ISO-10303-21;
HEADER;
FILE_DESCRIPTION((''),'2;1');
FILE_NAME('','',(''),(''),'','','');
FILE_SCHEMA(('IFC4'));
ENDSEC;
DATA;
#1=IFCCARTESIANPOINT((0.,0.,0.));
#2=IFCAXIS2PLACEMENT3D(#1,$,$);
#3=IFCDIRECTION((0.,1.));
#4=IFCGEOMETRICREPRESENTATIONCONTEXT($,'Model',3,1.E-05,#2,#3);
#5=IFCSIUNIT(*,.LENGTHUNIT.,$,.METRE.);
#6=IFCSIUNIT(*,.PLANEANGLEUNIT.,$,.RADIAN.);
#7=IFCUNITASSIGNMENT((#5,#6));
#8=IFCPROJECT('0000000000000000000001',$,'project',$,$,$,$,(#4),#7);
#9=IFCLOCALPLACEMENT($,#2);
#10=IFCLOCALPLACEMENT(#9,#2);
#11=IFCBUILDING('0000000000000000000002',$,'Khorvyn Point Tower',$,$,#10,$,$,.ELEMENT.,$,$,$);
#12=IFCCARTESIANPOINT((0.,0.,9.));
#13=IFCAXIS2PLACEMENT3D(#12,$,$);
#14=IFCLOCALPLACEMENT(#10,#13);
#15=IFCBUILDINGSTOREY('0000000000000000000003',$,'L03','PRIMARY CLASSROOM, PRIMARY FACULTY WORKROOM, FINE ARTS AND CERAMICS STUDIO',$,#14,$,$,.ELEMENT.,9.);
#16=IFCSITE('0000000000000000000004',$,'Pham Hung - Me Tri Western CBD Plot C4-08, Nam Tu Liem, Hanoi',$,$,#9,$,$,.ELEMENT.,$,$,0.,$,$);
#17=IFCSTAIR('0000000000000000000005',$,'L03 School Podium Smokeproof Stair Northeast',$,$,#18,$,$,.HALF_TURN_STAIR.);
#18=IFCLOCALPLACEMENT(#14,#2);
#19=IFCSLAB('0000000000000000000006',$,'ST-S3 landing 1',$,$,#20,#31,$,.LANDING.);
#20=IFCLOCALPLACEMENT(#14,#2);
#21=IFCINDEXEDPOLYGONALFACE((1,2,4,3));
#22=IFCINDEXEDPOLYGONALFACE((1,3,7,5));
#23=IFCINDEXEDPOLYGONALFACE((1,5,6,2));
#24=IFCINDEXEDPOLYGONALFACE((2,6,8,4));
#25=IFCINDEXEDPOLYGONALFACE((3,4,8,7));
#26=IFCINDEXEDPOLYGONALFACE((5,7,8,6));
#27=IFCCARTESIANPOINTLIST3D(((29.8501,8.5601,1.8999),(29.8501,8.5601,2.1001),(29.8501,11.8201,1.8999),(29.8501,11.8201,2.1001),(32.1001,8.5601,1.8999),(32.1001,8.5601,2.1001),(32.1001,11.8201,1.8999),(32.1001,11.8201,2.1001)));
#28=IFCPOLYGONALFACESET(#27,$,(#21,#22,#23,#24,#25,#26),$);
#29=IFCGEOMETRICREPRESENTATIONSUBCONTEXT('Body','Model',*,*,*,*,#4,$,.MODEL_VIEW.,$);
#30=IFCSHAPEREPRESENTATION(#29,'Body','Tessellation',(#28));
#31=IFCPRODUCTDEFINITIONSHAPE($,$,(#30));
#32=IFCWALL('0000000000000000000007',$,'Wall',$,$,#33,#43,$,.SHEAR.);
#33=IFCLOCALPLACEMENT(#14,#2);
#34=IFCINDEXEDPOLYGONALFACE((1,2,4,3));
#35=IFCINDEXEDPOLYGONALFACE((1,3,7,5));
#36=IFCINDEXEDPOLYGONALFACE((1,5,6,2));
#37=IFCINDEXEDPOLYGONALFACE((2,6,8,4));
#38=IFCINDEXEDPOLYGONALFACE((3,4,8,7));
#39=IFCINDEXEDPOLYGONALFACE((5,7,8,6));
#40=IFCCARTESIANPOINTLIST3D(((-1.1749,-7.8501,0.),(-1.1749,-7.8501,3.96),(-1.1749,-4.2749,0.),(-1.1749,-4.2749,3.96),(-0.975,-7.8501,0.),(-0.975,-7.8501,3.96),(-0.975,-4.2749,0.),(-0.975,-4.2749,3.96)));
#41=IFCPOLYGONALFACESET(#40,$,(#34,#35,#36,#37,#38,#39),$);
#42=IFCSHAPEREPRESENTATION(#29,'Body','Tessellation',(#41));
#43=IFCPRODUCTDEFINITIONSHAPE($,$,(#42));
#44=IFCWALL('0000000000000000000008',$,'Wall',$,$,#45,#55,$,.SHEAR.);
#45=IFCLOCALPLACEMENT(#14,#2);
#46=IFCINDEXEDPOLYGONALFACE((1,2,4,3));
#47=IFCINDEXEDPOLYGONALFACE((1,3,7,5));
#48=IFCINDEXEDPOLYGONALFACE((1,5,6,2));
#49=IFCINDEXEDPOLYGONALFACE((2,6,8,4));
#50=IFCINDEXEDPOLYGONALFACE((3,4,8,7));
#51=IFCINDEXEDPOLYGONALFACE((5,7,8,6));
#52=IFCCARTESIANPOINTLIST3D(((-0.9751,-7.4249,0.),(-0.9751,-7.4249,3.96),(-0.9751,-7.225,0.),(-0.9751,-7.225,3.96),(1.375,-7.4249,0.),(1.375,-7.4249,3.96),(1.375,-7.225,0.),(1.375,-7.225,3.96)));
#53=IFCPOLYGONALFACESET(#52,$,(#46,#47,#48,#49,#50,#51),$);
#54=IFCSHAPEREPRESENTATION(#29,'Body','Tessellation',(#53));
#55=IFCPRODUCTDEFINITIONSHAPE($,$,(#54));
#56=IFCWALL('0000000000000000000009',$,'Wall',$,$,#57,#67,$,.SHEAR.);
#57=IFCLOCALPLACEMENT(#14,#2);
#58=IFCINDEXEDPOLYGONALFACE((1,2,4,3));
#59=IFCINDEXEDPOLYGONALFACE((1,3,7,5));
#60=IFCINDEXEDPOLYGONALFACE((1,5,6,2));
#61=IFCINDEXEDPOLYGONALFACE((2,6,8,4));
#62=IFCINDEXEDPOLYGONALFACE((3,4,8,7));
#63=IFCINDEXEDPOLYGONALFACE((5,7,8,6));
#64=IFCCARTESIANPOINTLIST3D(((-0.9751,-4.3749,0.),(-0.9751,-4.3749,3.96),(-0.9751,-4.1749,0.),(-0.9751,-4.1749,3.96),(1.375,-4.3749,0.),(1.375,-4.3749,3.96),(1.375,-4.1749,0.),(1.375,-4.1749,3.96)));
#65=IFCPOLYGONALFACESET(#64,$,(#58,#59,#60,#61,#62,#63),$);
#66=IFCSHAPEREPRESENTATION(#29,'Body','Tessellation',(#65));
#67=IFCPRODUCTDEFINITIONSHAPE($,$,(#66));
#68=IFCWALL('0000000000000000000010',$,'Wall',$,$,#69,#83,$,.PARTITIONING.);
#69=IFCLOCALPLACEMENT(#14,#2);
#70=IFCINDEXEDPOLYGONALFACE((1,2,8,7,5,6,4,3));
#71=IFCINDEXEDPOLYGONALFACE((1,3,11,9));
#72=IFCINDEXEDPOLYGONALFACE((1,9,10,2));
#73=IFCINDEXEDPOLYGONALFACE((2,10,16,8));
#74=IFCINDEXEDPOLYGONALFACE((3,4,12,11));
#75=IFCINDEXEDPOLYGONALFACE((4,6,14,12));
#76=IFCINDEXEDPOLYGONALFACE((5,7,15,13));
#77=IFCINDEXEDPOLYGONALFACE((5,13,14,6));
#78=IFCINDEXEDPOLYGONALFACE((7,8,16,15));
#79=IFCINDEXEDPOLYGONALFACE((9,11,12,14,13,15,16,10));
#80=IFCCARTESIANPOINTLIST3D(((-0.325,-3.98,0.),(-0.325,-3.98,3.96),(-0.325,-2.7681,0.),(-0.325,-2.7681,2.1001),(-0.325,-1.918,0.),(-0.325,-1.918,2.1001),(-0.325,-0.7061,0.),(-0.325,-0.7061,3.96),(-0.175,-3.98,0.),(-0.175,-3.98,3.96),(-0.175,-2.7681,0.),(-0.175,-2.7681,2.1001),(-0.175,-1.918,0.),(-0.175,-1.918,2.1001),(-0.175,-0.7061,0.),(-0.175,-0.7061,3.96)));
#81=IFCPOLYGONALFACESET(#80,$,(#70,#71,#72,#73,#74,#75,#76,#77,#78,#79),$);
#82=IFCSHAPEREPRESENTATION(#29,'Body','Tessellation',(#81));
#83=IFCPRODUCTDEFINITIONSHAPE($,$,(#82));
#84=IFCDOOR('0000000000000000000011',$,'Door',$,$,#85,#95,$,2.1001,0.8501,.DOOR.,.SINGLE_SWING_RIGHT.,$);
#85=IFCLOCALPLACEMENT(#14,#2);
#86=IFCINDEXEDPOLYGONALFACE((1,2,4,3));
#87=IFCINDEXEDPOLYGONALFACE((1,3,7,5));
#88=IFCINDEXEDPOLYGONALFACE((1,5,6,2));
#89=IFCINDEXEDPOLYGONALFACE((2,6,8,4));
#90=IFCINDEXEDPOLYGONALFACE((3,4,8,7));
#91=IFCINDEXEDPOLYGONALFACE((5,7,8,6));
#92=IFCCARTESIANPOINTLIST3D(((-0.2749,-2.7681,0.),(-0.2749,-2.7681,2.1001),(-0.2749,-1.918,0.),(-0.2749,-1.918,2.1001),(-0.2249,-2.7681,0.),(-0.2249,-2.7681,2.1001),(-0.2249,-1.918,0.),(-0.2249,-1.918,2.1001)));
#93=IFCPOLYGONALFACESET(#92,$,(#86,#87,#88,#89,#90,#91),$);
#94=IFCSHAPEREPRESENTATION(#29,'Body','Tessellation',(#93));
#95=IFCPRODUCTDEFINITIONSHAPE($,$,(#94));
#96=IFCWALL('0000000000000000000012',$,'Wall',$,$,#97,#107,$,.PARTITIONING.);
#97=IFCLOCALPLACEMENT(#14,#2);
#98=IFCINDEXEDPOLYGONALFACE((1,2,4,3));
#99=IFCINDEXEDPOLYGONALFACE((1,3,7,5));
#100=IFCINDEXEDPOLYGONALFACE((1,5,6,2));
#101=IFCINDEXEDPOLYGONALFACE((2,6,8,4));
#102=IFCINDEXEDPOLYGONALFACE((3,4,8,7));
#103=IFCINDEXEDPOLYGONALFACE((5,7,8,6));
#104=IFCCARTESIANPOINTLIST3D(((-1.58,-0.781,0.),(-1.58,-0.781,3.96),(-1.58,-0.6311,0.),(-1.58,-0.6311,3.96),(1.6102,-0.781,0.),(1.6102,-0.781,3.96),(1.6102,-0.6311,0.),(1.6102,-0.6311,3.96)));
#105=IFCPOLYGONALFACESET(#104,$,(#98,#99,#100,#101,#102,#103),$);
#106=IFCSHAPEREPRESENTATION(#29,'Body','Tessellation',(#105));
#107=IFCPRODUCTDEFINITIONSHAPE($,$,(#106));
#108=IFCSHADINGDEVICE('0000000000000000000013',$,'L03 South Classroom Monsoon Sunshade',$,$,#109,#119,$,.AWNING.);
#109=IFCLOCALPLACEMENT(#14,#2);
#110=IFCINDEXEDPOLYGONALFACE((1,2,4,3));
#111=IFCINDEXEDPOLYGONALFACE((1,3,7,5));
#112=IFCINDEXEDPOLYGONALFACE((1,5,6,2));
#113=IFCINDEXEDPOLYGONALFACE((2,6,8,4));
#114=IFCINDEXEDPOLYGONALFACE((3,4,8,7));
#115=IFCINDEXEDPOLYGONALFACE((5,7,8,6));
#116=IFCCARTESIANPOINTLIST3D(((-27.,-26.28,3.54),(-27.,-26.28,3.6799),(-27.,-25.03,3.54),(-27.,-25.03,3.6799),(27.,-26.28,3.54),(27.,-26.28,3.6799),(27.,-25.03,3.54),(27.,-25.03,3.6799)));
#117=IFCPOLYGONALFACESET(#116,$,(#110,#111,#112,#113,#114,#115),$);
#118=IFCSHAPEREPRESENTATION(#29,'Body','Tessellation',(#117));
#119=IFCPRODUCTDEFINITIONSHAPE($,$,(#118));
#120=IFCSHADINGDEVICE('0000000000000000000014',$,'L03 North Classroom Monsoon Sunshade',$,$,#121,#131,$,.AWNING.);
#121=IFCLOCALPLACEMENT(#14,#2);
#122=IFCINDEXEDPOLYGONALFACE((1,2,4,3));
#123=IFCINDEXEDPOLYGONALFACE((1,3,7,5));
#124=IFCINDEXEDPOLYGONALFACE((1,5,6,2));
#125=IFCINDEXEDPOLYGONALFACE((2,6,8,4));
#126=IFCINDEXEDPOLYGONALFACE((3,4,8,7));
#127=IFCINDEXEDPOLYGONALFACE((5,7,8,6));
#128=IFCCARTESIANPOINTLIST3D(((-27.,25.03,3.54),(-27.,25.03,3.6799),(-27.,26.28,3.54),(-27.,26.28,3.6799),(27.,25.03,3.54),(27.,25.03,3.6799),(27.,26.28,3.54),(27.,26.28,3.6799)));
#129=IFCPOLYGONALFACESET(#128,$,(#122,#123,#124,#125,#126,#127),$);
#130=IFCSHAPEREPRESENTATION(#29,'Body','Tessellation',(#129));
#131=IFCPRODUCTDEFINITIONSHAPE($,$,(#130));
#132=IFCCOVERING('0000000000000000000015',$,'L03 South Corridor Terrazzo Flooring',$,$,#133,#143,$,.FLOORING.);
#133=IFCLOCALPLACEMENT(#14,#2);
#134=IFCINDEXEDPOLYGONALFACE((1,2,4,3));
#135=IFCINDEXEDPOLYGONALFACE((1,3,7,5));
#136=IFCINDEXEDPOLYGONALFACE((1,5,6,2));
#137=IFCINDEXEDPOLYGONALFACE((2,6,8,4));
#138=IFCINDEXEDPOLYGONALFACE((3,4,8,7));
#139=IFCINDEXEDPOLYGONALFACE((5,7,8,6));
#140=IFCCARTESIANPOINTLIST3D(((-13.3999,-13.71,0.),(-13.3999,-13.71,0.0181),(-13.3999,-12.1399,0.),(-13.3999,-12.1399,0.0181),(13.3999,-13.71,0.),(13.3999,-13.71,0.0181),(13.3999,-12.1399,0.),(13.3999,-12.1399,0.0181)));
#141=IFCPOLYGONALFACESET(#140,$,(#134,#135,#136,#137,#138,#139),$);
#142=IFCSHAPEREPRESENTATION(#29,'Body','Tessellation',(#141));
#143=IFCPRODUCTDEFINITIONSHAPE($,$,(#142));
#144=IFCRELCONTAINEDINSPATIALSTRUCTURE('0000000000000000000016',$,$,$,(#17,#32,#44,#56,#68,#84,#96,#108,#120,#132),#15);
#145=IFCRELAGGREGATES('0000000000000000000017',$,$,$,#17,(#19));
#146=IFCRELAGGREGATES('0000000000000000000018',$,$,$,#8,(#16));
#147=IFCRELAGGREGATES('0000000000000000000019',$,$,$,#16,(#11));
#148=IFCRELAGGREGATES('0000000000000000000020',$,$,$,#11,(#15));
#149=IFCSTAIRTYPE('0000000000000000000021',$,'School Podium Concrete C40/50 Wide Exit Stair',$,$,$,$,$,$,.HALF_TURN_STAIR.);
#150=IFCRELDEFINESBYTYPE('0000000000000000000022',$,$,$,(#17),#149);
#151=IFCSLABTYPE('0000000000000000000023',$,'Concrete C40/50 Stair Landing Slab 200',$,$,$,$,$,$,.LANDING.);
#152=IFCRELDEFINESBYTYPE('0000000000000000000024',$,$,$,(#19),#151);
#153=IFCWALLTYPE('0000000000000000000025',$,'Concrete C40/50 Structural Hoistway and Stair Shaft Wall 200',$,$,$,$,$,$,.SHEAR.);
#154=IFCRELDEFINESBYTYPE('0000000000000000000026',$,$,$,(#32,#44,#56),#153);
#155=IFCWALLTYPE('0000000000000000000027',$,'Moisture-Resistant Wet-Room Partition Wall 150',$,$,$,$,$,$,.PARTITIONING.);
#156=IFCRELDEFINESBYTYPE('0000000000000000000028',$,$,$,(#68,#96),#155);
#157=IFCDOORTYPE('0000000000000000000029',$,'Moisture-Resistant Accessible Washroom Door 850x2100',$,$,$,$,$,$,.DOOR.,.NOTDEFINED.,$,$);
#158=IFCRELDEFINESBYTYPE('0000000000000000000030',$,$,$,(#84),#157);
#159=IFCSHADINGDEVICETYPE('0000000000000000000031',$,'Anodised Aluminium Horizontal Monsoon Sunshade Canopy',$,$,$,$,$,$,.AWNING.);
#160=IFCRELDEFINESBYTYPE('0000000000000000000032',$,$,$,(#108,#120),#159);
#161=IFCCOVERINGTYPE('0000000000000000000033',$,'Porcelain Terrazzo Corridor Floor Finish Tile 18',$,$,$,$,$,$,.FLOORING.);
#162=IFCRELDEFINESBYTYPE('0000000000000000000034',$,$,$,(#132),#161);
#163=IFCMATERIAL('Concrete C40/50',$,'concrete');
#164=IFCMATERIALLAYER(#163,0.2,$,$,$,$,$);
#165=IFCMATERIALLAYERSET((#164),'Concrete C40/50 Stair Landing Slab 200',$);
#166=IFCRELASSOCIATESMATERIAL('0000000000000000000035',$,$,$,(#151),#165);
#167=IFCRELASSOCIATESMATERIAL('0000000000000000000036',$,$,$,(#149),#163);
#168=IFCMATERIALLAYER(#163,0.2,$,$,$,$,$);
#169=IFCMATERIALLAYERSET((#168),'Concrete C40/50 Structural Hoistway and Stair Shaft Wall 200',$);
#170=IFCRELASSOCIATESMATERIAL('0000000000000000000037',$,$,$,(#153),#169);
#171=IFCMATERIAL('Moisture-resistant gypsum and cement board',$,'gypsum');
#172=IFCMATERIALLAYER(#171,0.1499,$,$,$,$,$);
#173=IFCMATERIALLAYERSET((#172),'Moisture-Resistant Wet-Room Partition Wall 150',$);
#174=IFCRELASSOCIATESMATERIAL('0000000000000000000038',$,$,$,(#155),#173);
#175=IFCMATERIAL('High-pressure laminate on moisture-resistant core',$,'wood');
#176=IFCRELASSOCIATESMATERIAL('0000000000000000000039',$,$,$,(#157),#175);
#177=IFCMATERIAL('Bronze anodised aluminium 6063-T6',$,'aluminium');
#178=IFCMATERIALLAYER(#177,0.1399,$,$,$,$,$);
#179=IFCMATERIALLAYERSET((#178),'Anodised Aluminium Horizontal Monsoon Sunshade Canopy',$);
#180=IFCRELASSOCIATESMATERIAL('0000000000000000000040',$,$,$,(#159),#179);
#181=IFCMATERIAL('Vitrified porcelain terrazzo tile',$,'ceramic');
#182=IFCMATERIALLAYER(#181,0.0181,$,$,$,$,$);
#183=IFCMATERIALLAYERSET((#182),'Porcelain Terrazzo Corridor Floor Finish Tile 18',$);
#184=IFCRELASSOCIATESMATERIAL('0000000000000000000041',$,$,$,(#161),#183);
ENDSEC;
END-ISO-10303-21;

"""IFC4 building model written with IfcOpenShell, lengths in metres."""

from ifc_helpers import new_model, si_unit, direction, frame, frame_2d, origin, place, context, subcontext, project, spatial, polyline, rectangle, outline, extrude, material, layer, layer_set, type_object, element, fill, aggregate, save


model = new_model("IFC4")

# Units and contexts
model_context = context("Model", 3, precision=1e-05, world=origin(), true_north=direction((0.0, 1.0)))
body_context = subcontext(model_context, "Body", "Model", "MODEL_VIEW")
ifc_project = project(units=[si_unit("LENGTHUNIT", "METRE"), si_unit("PLANEANGLEUNIT", "RADIAN")], contexts=[model_context])

# Site, building, storey
site_placement = place(None, origin())
site = spatial("IfcSite", under=ifc_project, at=site_placement, Name="Pham Hung - Me Tri Western CBD Plot C4-08, Nam Tu Liem, Hanoi", CompositionType="ELEMENT", RefElevation=0.0)
building_placement = place(site_placement, origin())
building = spatial("IfcBuilding", under=site, at=building_placement, Name="Khorvyn Point Tower", CompositionType="ELEMENT")
storey_placement = place(building_placement, frame((0.0, 0.0, 9.0)))
storey = spatial("IfcBuildingStorey", under=building, at=storey_placement, Name="L03", Description="PRIMARY CLASSROOM, PRIMARY FACULTY WORKROOM, FINE ARTS AND CERAMICS STUDIO", CompositionType="ELEMENT", Elevation=9.0)

# Stair, slab
ifc_material_1 = material(Name="Concrete C40/50", Category="concrete")
ifc_layer_1 = layer(ifc_material_1, 0.2)
ifc_layer_set_1 = layer_set([ifc_layer_1], Name="Concrete C40/50 Stair Landing Slab 200")
slab_type_1 = type_object("IfcSlabType", Name="Concrete C40/50 Stair Landing Slab 200", PredefinedType="LANDING", material=ifc_layer_set_1)
stair_type_1 = type_object("IfcStairType", Name="School Podium Concrete C40/50 Wide Exit Stair", PredefinedType="HALF_TURN_STAIR", material=ifc_material_1)
stair_1_placement = place(storey_placement, origin())
stair_1 = element("IfcStair", 1, at=stair_1_placement, inside=storey, type_object=stair_type_1, Name="L03 School Podium Smokeproof Stair Northeast", PredefinedType="HALF_TURN_STAIR")
slab_1_placement = place(storey_placement, frame((0.0, 0.0, 1.8999)))
slab_1 = element("IfcSlab", 2, at=slab_1_placement, type_object=slab_type_1, Name="ST-S3 landing 1", PredefinedType="LANDING", context=body_context, shape_type="SweptSolid", body=[
    extrude(outline(polyline([(29.8501, 8.5601), (32.1001, 8.5601), (32.1001, 11.8201), (29.8501, 11.8201), (29.8501, 8.5601)])), origin(), (0.0, 0.0, 1.0), 0.2002),
])
aggregate(stair_1, [slab_1])

# Walls
ifc_layer_2 = layer(ifc_material_1, 0.2)
ifc_layer_set_2 = layer_set([ifc_layer_2], Name="Concrete C40/50 Structural Hoistway and Stair Shaft Wall 200")
wall_type_1 = type_object("IfcWallType", Name="Concrete C40/50 Structural Hoistway and Stair Shaft Wall 200", PredefinedType="SHEAR", material=ifc_layer_set_2)
wall_1_placement = place(storey_placement, frame((-1.075, -7.8501, 0.0), z_axis=(0.0, 0.0, 1.0), x_axis=(0.0, 1.0, 0.0)))
element("IfcWall", 3, at=wall_1_placement, inside=storey, type_object=wall_type_1, Name="Wall", PredefinedType="SHEAR", context=body_context, shape_type="SweptSolid", body=[
    extrude(rectangle(XDim=3.5752, YDim=0.2, at=frame_2d((1.7876, 0.0))), origin(), (0.0, 0.0, 1.0), 3.96),
])
for number, where, z_axis, x_axis, name in (
    (4, (-0.9751, -7.325, 0.0), (0.0, 0.0, 1.0), (1.0, 0.0, 0.0), "Wall"),
    (5, (-0.9751, -4.2749, 0.0), (0.0, 0.0, 1.0), (1.0, 0.0, 0.0), "Wall"),
):
    element("IfcWall", number, at=place(storey_placement, frame(where, z_axis=z_axis, x_axis=x_axis)), inside=storey, type_object=wall_type_1, Name=name, PredefinedType="SHEAR", context=body_context, shape_type="SweptSolid", body=[
        extrude(rectangle(XDim=2.3501, YDim=0.2, at=frame_2d((1.175, 0.0))), origin(), (0.0, 0.0, 1.0), 3.96),
    ])

# Wall, opening, door
ifc_material_2 = material(Name="Moisture-resistant gypsum and cement board", Category="gypsum")
ifc_layer_3 = layer(ifc_material_2, 0.1499)
ifc_layer_set_3 = layer_set([ifc_layer_3], Name="Moisture-Resistant Wet-Room Partition Wall 150")
wall_type_2 = type_object("IfcWallType", Name="Moisture-Resistant Wet-Room Partition Wall 150", PredefinedType="PARTITIONING", material=ifc_layer_set_3)
wall_2_placement = place(storey_placement, frame((-0.25, -3.98, 0.0), z_axis=(0.0, 0.0, 1.0), x_axis=(0.0, 1.0, 0.0)))
wall_2 = element("IfcWall", 6, at=wall_2_placement, inside=storey, type_object=wall_type_2, Name="Wall", PredefinedType="PARTITIONING", context=body_context, shape_type="SweptSolid", body=[
    extrude(rectangle(XDim=3.2739, YDim=0.1499, at=frame_2d((1.637, 0.0))), origin(), (0.0, 0.0, 1.0), 3.96),
])
opening_placement = place(wall_2_placement, frame((1.2119, 0.0, 0.0)))
opening = element("IfcOpeningElement", 7, at=opening_placement, cuts=wall_2, PredefinedType="OPENING", context=body_context, shape_type="SweptSolid", body=[
    extrude(rectangle(XDim=0.8501, YDim=2.1001, at=frame_2d((0.425, 1.05))), frame((0.0, 0.085, 0.0), z_axis=(0.0, -1.0, 0.0), x_axis=(1.0, 0.0, 0.0)), (0.0, 0.0, 1.0), 0.1699),
])
ifc_material_3 = material(Name="High-pressure laminate on moisture-resistant core", Category="wood")
door_type = type_object("IfcDoorType", Name="Moisture-Resistant Accessible Washroom Door 850x2100", OperationType="NOTDEFINED", PredefinedType="DOOR", material=ifc_material_3)
door_placement = place(opening_placement, origin())
door = element("IfcDoor", 8, at=door_placement, inside=storey, type_object=door_type, Name="Door", OperationType="SINGLE_SWING_RIGHT", OverallHeight=2.1001, OverallWidth=0.8501, PredefinedType="DOOR", context=body_context, shape_type="SweptSolid", body=[
    extrude(rectangle(XDim=0.8501, YDim=2.1001, at=frame_2d((0.425, 1.05))), frame((0.0, 0.0249, 0.0), z_axis=(0.0, -1.0, 0.0), x_axis=(1.0, 0.0, 0.0)), (0.0, 0.0, 1.0), 0.05),
])
fill(opening, door)

# Wall
wall_3_placement = place(storey_placement, frame((-1.5801, -0.7061, 0.0), z_axis=(0.0, 0.0, 1.0), x_axis=(1.0, 0.0, 0.0)))
element("IfcWall", 9, at=wall_3_placement, inside=storey, type_object=wall_type_2, Name="Wall", PredefinedType="PARTITIONING", context=body_context, shape_type="SweptSolid", body=[
    extrude(rectangle(XDim=3.1902, YDim=0.1499, at=frame_2d((1.5952, 0.0))), origin(), (0.0, 0.0, 1.0), 3.96),
])

# Shading devices
ifc_material_4 = material(Name="Bronze anodised aluminium 6063-T6", Category="aluminium")
ifc_layer_4 = layer(ifc_material_4, 0.1399)
ifc_layer_set_4 = layer_set([ifc_layer_4], Name="Anodised Aluminium Horizontal Monsoon Sunshade Canopy")
shading_device_type = type_object("IfcShadingDeviceType", Name="Anodised Aluminium Horizontal Monsoon Sunshade Canopy", PredefinedType="AWNING", material=ifc_layer_set_4)
shading_device_1_placement = place(storey_placement, frame((0.0, 0.0, 3.54)))
element("IfcShadingDevice", 10, at=shading_device_1_placement, inside=storey, type_object=shading_device_type, Name="L03 South Classroom Monsoon Sunshade", PredefinedType="AWNING", context=body_context, shape_type="SweptSolid", body=[
    extrude(outline(polyline([(-27.0, -26.28), (27.0, -26.28), (27.0, -25.03), (-27.0, -25.03), (-27.0, -26.28)])), origin(), (0.0, 0.0, 1.0), 0.1399),
])
shading_device_2_placement = place(storey_placement, frame((0.0, 0.0, 3.54)))
element("IfcShadingDevice", 11, at=shading_device_2_placement, inside=storey, type_object=shading_device_type, Name="L03 North Classroom Monsoon Sunshade", PredefinedType="AWNING", context=body_context, shape_type="SweptSolid", body=[
    extrude(outline(polyline([(-27.0, 25.03), (27.0, 25.03), (27.0, 26.28), (-27.0, 26.28), (-27.0, 25.03)])), origin(), (0.0, 0.0, 1.0), 0.1399),
])

# Covering
ifc_material_5 = material(Name="Vitrified porcelain terrazzo tile", Category="ceramic")
ifc_layer_5 = layer(ifc_material_5, 0.0181)
ifc_layer_set_5 = layer_set([ifc_layer_5], Name="Porcelain Terrazzo Corridor Floor Finish Tile 18")
covering_type = type_object("IfcCoveringType", Name="Porcelain Terrazzo Corridor Floor Finish Tile 18", PredefinedType="FLOORING", material=ifc_layer_set_5)
covering_placement = place(storey_placement, origin())
element("IfcCovering", 12, at=covering_placement, inside=storey, type_object=covering_type, Name="L03 South Corridor Terrazzo Flooring", PredefinedType="FLOORING", context=body_context, shape_type="SweptSolid", body=[
    extrude(outline(polyline([(-13.3999, -13.71), (13.3999, -13.71), (13.3999, -12.1399), (-13.3999, -12.1399), (-13.3999, -13.71)])), origin(), (0.0, 0.0, 1.0), 0.0181),
])

save(model, "model.ifc")
